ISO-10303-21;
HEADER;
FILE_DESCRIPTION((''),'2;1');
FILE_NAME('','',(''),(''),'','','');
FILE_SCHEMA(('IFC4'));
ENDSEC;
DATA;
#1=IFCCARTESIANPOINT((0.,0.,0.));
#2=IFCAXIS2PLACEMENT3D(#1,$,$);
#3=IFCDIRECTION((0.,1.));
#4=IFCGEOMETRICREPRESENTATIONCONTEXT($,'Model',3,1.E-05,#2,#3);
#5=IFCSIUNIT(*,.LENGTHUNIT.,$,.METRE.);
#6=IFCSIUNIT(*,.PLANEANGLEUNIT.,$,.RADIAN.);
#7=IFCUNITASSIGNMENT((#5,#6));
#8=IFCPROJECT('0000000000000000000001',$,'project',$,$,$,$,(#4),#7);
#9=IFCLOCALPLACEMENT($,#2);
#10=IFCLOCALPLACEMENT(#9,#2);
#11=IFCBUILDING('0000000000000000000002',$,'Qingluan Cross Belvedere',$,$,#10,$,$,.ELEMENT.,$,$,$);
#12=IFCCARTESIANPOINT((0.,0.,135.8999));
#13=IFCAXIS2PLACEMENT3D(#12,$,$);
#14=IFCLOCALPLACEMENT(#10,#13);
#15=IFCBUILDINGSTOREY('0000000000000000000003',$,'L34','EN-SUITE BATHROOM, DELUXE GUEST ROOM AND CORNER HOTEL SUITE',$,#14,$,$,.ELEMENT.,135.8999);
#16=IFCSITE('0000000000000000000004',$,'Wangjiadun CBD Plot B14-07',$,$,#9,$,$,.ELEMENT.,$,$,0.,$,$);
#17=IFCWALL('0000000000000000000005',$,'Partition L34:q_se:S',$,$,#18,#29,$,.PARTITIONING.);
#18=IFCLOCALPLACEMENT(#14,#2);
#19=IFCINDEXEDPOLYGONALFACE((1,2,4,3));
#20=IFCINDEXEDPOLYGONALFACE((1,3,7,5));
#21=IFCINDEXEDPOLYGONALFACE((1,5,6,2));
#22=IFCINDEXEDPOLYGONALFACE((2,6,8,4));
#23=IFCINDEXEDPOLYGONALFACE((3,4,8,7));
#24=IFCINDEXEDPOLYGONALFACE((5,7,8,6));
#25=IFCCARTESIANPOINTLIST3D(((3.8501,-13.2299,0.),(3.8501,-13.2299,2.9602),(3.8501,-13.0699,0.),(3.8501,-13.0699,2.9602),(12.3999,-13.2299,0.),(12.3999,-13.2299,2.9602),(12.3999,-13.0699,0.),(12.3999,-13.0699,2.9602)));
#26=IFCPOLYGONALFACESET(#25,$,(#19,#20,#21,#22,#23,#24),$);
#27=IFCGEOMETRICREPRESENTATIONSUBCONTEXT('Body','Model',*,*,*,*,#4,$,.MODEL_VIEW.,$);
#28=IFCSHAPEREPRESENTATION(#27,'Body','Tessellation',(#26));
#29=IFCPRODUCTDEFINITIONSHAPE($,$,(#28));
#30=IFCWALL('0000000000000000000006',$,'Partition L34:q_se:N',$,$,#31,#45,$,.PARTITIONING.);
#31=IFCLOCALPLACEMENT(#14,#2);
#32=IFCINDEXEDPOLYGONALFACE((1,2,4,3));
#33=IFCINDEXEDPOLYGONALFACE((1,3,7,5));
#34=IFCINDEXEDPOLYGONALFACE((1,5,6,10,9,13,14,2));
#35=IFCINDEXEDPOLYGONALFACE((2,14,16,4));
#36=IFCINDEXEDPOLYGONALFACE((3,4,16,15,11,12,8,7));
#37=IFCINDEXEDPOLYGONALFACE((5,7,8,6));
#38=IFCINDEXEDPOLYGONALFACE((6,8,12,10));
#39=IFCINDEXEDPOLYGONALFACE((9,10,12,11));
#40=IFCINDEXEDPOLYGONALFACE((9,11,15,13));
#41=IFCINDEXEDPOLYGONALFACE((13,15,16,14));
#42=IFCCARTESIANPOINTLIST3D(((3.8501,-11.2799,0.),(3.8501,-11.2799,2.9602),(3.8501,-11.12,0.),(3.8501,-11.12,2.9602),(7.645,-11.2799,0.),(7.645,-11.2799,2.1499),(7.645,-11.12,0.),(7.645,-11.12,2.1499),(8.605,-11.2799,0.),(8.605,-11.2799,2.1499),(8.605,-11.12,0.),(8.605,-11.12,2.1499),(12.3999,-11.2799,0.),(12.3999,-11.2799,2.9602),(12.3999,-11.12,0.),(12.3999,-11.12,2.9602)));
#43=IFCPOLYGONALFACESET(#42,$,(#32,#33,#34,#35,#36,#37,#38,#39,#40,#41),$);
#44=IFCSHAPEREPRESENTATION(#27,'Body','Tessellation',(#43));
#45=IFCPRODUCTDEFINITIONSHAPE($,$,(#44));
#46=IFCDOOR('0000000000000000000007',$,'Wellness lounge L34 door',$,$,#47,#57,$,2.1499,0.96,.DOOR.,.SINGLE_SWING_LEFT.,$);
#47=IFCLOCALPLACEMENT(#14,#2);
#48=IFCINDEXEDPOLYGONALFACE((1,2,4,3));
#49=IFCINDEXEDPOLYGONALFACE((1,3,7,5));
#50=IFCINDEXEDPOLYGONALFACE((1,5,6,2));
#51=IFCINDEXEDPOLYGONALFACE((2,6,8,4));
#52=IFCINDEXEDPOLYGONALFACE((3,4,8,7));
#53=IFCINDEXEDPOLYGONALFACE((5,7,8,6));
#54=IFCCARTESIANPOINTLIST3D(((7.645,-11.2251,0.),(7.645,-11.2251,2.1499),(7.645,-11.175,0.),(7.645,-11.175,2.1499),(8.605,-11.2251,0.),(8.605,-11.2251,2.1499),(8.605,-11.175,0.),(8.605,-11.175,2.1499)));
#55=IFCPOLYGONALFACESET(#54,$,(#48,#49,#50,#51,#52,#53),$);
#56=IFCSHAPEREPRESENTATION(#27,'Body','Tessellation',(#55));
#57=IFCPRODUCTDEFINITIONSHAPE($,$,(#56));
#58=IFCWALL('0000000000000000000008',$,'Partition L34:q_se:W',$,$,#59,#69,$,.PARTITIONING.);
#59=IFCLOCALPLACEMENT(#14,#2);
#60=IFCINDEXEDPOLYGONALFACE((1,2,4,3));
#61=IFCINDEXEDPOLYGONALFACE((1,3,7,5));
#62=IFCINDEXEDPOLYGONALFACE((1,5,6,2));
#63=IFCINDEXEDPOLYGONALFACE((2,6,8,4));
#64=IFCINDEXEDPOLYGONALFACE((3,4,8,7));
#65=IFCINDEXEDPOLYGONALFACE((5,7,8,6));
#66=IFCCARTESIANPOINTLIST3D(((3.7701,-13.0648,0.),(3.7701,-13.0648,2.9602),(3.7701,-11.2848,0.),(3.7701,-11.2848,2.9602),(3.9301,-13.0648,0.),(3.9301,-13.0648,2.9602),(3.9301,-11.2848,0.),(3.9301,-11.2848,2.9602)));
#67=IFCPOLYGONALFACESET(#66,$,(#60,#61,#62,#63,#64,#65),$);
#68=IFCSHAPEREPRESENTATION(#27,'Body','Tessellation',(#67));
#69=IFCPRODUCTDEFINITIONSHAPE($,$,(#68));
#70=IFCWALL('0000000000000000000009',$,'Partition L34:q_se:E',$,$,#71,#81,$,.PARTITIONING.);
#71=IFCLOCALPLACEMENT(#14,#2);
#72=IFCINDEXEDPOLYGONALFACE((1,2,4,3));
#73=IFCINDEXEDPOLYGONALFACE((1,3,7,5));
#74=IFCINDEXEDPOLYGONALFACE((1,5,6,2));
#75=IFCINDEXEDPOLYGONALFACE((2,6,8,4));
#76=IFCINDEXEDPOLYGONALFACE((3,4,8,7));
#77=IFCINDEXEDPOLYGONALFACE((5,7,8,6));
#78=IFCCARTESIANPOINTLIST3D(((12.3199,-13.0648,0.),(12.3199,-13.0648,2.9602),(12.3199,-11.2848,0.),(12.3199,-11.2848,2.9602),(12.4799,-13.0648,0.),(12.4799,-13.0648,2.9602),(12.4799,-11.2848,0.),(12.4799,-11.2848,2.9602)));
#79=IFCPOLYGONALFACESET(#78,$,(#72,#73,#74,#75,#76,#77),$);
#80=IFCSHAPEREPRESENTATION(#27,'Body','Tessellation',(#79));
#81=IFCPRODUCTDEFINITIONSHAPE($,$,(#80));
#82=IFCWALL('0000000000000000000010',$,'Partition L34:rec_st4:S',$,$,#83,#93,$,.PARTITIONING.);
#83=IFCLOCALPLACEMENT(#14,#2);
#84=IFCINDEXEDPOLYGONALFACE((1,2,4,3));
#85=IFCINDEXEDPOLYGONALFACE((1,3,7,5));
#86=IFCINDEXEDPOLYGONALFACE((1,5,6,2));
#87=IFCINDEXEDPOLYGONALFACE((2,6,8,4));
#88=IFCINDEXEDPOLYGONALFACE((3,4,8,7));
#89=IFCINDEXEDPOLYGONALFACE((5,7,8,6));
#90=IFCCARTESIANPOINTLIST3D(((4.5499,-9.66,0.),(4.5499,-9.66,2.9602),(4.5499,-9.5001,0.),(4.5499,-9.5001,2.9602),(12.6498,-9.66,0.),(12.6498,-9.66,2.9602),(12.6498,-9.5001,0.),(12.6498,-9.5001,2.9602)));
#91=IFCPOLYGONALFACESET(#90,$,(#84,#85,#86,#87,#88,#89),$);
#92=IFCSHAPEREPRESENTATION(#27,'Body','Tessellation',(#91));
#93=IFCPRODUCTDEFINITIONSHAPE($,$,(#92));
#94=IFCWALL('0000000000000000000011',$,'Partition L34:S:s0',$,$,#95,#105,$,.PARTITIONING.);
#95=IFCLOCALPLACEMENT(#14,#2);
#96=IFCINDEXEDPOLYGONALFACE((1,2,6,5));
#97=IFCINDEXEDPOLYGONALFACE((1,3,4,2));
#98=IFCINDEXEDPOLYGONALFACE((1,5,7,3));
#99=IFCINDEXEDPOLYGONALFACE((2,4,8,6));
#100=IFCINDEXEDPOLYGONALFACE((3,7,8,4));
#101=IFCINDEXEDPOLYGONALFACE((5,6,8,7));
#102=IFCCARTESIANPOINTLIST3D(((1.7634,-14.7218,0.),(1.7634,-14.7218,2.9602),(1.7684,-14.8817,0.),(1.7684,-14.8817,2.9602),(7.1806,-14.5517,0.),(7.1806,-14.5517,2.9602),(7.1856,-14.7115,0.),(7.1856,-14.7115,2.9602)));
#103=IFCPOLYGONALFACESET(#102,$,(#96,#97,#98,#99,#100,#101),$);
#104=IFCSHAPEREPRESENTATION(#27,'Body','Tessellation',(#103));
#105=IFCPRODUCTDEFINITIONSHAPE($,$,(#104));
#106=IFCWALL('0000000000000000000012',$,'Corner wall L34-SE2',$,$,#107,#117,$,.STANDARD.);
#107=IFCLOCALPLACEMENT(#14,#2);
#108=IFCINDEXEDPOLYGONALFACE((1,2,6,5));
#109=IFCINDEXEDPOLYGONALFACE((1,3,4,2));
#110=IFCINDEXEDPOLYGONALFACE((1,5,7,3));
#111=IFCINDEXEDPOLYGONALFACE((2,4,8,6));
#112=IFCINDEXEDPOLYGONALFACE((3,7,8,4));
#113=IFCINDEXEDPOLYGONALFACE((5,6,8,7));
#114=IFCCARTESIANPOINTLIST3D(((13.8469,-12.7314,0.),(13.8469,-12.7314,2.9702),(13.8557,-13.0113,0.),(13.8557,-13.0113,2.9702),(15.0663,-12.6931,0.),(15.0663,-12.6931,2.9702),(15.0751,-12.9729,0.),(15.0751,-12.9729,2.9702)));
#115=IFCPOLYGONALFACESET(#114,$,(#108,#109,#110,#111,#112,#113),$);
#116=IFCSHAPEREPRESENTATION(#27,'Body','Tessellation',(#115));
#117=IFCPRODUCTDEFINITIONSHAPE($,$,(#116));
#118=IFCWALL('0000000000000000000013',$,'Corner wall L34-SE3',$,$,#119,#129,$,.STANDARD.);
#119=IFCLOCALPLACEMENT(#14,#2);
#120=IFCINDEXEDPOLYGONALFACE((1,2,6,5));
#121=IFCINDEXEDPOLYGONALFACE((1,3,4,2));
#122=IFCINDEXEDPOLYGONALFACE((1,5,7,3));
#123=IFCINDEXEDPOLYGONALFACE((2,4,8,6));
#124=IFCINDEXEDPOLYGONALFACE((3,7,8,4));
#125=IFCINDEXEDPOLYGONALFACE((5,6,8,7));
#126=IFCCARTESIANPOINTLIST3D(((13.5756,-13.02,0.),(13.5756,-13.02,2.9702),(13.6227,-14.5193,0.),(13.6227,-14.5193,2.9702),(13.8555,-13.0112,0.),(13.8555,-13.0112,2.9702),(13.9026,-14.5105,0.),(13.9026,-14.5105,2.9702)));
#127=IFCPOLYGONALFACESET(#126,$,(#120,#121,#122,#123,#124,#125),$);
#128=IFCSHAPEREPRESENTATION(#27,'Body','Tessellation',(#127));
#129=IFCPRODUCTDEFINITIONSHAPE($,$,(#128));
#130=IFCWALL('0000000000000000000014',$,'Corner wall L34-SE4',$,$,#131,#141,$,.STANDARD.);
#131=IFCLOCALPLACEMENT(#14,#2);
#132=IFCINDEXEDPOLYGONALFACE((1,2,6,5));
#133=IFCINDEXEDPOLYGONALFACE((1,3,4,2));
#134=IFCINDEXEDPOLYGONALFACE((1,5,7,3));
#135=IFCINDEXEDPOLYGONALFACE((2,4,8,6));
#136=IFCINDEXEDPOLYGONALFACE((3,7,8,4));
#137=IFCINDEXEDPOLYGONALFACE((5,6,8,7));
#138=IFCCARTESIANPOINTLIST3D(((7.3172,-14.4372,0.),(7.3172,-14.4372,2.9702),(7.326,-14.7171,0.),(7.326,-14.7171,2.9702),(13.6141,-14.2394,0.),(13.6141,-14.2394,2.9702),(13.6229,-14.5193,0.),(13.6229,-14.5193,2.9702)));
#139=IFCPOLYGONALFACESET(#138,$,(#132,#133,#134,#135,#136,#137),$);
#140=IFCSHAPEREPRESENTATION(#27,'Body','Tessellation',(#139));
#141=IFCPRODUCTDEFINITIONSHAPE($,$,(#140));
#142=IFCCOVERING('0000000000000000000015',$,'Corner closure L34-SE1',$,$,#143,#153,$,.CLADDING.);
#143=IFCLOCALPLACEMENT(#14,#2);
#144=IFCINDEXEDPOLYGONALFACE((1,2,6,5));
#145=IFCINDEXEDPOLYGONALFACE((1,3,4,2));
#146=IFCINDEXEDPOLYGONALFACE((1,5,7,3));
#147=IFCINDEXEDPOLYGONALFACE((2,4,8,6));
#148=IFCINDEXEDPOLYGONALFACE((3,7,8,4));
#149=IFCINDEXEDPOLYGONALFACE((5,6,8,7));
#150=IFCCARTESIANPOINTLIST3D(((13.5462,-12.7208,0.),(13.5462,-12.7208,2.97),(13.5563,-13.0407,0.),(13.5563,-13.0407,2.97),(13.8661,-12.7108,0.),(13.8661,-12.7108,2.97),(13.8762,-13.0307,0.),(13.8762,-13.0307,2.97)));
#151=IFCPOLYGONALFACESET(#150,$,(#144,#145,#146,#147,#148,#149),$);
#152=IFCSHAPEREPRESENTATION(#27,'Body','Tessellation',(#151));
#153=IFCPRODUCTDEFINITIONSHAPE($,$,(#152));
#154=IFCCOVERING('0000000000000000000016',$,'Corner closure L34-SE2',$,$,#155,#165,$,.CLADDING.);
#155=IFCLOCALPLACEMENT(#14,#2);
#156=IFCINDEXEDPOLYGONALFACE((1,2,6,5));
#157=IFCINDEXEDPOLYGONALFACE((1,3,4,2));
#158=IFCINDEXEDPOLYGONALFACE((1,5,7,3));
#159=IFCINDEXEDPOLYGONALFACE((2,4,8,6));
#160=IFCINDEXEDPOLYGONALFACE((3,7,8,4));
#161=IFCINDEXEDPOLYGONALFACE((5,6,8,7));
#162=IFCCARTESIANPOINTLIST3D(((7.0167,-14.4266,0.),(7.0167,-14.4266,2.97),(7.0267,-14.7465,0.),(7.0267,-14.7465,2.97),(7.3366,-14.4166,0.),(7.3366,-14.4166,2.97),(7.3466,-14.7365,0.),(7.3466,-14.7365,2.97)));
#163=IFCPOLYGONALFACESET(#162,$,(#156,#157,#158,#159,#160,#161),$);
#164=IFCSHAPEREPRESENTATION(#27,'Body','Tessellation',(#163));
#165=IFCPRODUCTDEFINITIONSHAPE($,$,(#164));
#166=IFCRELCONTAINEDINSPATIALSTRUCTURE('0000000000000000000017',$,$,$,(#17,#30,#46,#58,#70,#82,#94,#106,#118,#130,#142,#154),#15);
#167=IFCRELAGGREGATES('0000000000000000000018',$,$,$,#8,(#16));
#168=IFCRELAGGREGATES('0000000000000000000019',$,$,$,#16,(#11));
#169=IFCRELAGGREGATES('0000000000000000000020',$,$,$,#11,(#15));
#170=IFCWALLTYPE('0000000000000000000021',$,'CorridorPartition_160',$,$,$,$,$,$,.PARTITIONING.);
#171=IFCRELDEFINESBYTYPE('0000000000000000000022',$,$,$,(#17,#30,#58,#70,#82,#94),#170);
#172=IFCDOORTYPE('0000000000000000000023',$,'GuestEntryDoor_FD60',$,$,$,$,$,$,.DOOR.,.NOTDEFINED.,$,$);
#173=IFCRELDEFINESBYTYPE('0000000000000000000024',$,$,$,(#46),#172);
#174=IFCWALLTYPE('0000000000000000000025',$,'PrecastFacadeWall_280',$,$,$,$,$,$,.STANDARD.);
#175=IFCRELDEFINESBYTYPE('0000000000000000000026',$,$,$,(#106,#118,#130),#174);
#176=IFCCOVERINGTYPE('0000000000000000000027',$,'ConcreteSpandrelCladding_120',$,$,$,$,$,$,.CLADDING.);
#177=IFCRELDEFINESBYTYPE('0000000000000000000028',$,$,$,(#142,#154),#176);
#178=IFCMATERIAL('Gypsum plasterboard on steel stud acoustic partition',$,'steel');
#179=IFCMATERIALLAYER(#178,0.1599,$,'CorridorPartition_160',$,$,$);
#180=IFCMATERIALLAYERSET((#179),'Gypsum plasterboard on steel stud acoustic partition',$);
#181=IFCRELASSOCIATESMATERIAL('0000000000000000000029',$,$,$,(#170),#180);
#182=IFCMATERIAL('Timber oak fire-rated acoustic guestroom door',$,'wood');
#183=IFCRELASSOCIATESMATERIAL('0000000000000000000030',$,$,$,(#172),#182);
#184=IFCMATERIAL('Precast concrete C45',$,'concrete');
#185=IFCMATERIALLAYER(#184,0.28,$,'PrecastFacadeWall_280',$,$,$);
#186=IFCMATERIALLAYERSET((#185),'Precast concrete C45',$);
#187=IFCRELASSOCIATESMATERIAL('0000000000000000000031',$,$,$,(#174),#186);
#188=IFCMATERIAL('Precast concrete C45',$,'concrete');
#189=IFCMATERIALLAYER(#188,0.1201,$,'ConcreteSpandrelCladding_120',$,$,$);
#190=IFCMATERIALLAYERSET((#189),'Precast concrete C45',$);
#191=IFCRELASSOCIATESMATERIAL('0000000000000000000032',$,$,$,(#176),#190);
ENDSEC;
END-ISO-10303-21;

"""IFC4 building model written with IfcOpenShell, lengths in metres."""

from ifc_helpers import new_model, si_unit, direction, frame, frame_2d, origin, origin_2d, place, context, subcontext, project, spatial, rectangle, extrude, material, layer, layer_set, type_object, element, fill, save


model = new_model("IFC4")

# Units and contexts
model_context = context("Model", 3, precision=1e-05, world=origin(), true_north=direction((0.0, 1.0)))
body_context = subcontext(model_context, "Body", "Model", "MODEL_VIEW")
ifc_project = project(units=[si_unit("LENGTHUNIT", "METRE"), si_unit("PLANEANGLEUNIT", "RADIAN")], contexts=[model_context])

# Site, building, storey
site_placement = place(None, origin())
site = spatial("IfcSite", under=ifc_project, at=site_placement, Name="Wangjiadun CBD Plot B14-07", CompositionType="ELEMENT", RefElevation=0.0)
building_placement = place(site_placement, origin())
building = spatial("IfcBuilding", under=site, at=building_placement, Name="Qingluan Cross Belvedere", CompositionType="ELEMENT")
storey_placement = place(building_placement, frame((0.0, 0.0, 135.8999)))
storey = spatial("IfcBuildingStorey", under=building, at=storey_placement, Name="L34", Description="EN-SUITE BATHROOM, DELUXE GUEST ROOM AND CORNER HOTEL SUITE", CompositionType="ELEMENT", Elevation=135.8999)

# Wall
ifc_material_1 = material(Name="Gypsum plasterboard on steel stud acoustic partition", Category="steel")
ifc_layer_1 = layer(ifc_material_1, 0.1599, Name="CorridorPartition_160")
ifc_layer_set_1 = layer_set([ifc_layer_1], Name="Gypsum plasterboard on steel stud acoustic partition")
wall_type_1 = type_object("IfcWallType", Name="CorridorPartition_160", PredefinedType="PARTITIONING", material=ifc_layer_set_1)
wall_1_placement = place(storey_placement, frame((3.8501, -13.1499, 0.0), z_axis=(0.0, 0.0, 1.0), x_axis=(1.0, 0.0, 0.0)))
element("IfcWall", 1, at=wall_1_placement, inside=storey, type_object=wall_type_1, Name="Partition L34:q_se:S", PredefinedType="PARTITIONING", context=body_context, shape_type="SweptSolid", body=[
    extrude(rectangle(XDim=8.5498, YDim=0.1599, at=frame_2d((4.2749, 0.0))), origin(), (0.0, 0.0, 1.0), 2.9602),
])

# Wall, opening, door
wall_2_placement = place(storey_placement, frame((3.8501, -11.2, 0.0), z_axis=(0.0, 0.0, 1.0), x_axis=(1.0, 0.0, 0.0)))
wall_2 = element("IfcWall", 2, at=wall_2_placement, inside=storey, type_object=wall_type_1, Name="Partition L34:q_se:N", PredefinedType="PARTITIONING", context=body_context, shape_type="SweptSolid", body=[
    extrude(rectangle(XDim=8.5498, YDim=0.1599, at=frame_2d((4.2749, 0.0))), origin(), (0.0, 0.0, 1.0), 2.9602),
])
opening_placement = place(wall_2_placement, frame((3.7949, 0.0, 0.0)))
opening = element("IfcOpeningElement", 3, at=opening_placement, cuts=wall_2, PredefinedType="OPENING", context=body_context, shape_type="SweptSolid", body=[
    extrude(rectangle(XDim=0.96, YDim=2.1499, at=frame_2d((0.48, 1.075))), frame((0.0, 0.0898, 0.0), z_axis=(0.0, -1.0, 0.0), x_axis=(1.0, 0.0, 0.0)), (0.0, 0.0, 1.0), 0.1799),
])
ifc_material_2 = material(Name="Timber oak fire-rated acoustic guestroom door", Category="wood")
door_type = type_object("IfcDoorType", Name="GuestEntryDoor_FD60", OperationType="NOTDEFINED", PredefinedType="DOOR", material=ifc_material_2)
door_placement = place(opening_placement, origin())
door = element("IfcDoor", 4, at=door_placement, inside=storey, type_object=door_type, Name="Wellness lounge L34 door", OperationType="SINGLE_SWING_LEFT", OverallHeight=2.1499, OverallWidth=0.96, PredefinedType="DOOR", context=body_context, shape_type="SweptSolid", body=[
    extrude(rectangle(XDim=0.96, YDim=2.1499, at=frame_2d((0.48, 1.075))), frame((0.0, 0.0249, 0.0), z_axis=(0.0, -1.0, 0.0), x_axis=(1.0, 0.0, 0.0)), (0.0, 0.0, 1.0), 0.05),
])
fill(opening, door)

# Walls
for number, where, z_axis, x_axis, name in (
    (5, (3.8501, -13.0649, 0.0), (0.0, 0.0, 1.0), (0.0, 1.0, 0.0), "Partition L34:q_se:W"),
    (6, (12.3999, -13.0649, 0.0), (0.0, 0.0, 1.0), (0.0, 1.0, 0.0), "Partition L34:q_se:E"),
):
    element("IfcWall", number, at=place(storey_placement, frame(where, z_axis=z_axis, x_axis=x_axis)), inside=storey, type_object=wall_type_1, Name=name, PredefinedType="PARTITIONING", context=body_context, shape_type="SweptSolid", body=[
        extrude(rectangle(XDim=1.78, YDim=0.1599, at=frame_2d((0.8901, 0.0))), origin(), (0.0, 0.0, 1.0), 2.9602),
    ])
wall_3_placement = place(storey_placement, frame((4.55, -9.5801, 0.0), z_axis=(0.0, 0.0, 1.0), x_axis=(1.0, 0.0, 0.0)))
element("IfcWall", 7, at=wall_3_placement, inside=storey, type_object=wall_type_1, Name="Partition L34:rec_st4:S", PredefinedType="PARTITIONING", context=body_context, shape_type="SweptSolid", body=[
    extrude(rectangle(XDim=8.0999, YDim=0.1599, at=frame_2d((4.0498, 0.0))), origin(), (0.0, 0.0, 1.0), 2.9602),
])
wall_4_placement = place(storey_placement, frame((1.7659, -14.8018, 0.0), z_axis=(0.0, 0.0, 1.0), x_axis=(0.999507, 0.031396, 0.0)))
element("IfcWall", 8, at=wall_4_placement, inside=storey, type_object=wall_type_1, Name="Partition L34:S:s0", PredefinedType="PARTITIONING", context=body_context, shape_type="SweptSolid", body=[
    extrude(rectangle(XDim=5.4199, YDim=0.1599, at=frame_2d((2.71, 0.0))), origin(), (0.0, 0.0, 1.0), 2.9602),
])
ifc_material_3 = material(Name="Precast concrete C45", Category="concrete")
ifc_layer_2 = layer(ifc_material_3, 0.28, Name="PrecastFacadeWall_280")
ifc_layer_set_2 = layer_set([ifc_layer_2], Name="Precast concrete C45")
wall_type_2 = type_object("IfcWallType", Name="PrecastFacadeWall_280", PredefinedType="STANDARD", material=ifc_layer_set_2)
wall_5_placement = place(storey_placement, frame((15.0706, -12.833, 0.0), z_axis=(0.0, 0.0, 1.0), x_axis=(-0.999506, -0.031416, 0.0)))
element("IfcWall", 9, at=wall_5_placement, inside=storey, type_object=wall_type_2, Name="Corner wall L34-SE2", PredefinedType="STANDARD", context=body_context, shape_type="SweptSolid", body=[
    extrude(rectangle(XDim=1.22, YDim=0.28, at=frame_2d((0.6099, 0.0))), origin(), (0.0, 0.0, 1.0), 2.9702),
])
wall_6_placement = place(storey_placement, frame((13.7156, -13.0156, 0.0), z_axis=(0.0, 0.0, 1.0), x_axis=(0.031413, -0.999507, 0.0)))
element("IfcWall", 10, at=wall_6_placement, inside=storey, type_object=wall_type_2, Name="Corner wall L34-SE3", PredefinedType="STANDARD", context=body_context, shape_type="SweptSolid", body=[
    extrude(rectangle(XDim=1.5, YDim=0.28, at=frame_2d((0.75, 0.0))), origin(), (0.0, 0.0, 1.0), 2.9702),
])
wall_7_placement = place(storey_placement, frame((13.6184, -14.3794, 0.0), z_axis=(0.0, 0.0, 1.0), x_axis=(-0.999507, -0.03139, 0.0)))
element("IfcWall", 11, at=wall_7_placement, inside=storey, type_object=wall_type_2, Name="Corner wall L34-SE4", PredefinedType="STANDARD", context=body_context, shape_type="SweptSolid", body=[
    extrude(rectangle(XDim=6.3, YDim=0.28, at=frame_2d((3.1499, 0.0))), origin(), (0.0, 0.0, 1.0), 2.9702),
])

# Coverings
ifc_material_4 = material(Name="Precast concrete C45", Category="concrete")
ifc_layer_3 = layer(ifc_material_4, 0.1201, Name="ConcreteSpandrelCladding_120")
ifc_layer_set_3 = layer_set([ifc_layer_3], Name="Precast concrete C45")
covering_type = type_object("IfcCoveringType", Name="ConcreteSpandrelCladding_120", PredefinedType="CLADDING", material=ifc_layer_set_3)
for number, where, z_axis, x_axis, name in (
    (12, (13.7112, -12.8757, 0.0), (0.0, 0.0, 1.0), (0.999507, 0.031411, 0.0), "Corner closure L34-SE1"),
    (13, (7.1816, -14.5815, 0.0), (0.0, 0.0, 1.0), (0.999507, 0.031411, 0.0), "Corner closure L34-SE2"),
):
    element("IfcCovering", number, at=place(storey_placement, frame(where, z_axis=z_axis, x_axis=x_axis)), inside=storey, type_object=covering_type, Name=name, PredefinedType="CLADDING", context=body_context, shape_type="SweptSolid", body=[
        extrude(rectangle(XDim=0.3201, YDim=0.3201, at=origin_2d()), origin(), (0.0, 0.0, 1.0), 2.97),
    ])

save(model, "model.ifc")
